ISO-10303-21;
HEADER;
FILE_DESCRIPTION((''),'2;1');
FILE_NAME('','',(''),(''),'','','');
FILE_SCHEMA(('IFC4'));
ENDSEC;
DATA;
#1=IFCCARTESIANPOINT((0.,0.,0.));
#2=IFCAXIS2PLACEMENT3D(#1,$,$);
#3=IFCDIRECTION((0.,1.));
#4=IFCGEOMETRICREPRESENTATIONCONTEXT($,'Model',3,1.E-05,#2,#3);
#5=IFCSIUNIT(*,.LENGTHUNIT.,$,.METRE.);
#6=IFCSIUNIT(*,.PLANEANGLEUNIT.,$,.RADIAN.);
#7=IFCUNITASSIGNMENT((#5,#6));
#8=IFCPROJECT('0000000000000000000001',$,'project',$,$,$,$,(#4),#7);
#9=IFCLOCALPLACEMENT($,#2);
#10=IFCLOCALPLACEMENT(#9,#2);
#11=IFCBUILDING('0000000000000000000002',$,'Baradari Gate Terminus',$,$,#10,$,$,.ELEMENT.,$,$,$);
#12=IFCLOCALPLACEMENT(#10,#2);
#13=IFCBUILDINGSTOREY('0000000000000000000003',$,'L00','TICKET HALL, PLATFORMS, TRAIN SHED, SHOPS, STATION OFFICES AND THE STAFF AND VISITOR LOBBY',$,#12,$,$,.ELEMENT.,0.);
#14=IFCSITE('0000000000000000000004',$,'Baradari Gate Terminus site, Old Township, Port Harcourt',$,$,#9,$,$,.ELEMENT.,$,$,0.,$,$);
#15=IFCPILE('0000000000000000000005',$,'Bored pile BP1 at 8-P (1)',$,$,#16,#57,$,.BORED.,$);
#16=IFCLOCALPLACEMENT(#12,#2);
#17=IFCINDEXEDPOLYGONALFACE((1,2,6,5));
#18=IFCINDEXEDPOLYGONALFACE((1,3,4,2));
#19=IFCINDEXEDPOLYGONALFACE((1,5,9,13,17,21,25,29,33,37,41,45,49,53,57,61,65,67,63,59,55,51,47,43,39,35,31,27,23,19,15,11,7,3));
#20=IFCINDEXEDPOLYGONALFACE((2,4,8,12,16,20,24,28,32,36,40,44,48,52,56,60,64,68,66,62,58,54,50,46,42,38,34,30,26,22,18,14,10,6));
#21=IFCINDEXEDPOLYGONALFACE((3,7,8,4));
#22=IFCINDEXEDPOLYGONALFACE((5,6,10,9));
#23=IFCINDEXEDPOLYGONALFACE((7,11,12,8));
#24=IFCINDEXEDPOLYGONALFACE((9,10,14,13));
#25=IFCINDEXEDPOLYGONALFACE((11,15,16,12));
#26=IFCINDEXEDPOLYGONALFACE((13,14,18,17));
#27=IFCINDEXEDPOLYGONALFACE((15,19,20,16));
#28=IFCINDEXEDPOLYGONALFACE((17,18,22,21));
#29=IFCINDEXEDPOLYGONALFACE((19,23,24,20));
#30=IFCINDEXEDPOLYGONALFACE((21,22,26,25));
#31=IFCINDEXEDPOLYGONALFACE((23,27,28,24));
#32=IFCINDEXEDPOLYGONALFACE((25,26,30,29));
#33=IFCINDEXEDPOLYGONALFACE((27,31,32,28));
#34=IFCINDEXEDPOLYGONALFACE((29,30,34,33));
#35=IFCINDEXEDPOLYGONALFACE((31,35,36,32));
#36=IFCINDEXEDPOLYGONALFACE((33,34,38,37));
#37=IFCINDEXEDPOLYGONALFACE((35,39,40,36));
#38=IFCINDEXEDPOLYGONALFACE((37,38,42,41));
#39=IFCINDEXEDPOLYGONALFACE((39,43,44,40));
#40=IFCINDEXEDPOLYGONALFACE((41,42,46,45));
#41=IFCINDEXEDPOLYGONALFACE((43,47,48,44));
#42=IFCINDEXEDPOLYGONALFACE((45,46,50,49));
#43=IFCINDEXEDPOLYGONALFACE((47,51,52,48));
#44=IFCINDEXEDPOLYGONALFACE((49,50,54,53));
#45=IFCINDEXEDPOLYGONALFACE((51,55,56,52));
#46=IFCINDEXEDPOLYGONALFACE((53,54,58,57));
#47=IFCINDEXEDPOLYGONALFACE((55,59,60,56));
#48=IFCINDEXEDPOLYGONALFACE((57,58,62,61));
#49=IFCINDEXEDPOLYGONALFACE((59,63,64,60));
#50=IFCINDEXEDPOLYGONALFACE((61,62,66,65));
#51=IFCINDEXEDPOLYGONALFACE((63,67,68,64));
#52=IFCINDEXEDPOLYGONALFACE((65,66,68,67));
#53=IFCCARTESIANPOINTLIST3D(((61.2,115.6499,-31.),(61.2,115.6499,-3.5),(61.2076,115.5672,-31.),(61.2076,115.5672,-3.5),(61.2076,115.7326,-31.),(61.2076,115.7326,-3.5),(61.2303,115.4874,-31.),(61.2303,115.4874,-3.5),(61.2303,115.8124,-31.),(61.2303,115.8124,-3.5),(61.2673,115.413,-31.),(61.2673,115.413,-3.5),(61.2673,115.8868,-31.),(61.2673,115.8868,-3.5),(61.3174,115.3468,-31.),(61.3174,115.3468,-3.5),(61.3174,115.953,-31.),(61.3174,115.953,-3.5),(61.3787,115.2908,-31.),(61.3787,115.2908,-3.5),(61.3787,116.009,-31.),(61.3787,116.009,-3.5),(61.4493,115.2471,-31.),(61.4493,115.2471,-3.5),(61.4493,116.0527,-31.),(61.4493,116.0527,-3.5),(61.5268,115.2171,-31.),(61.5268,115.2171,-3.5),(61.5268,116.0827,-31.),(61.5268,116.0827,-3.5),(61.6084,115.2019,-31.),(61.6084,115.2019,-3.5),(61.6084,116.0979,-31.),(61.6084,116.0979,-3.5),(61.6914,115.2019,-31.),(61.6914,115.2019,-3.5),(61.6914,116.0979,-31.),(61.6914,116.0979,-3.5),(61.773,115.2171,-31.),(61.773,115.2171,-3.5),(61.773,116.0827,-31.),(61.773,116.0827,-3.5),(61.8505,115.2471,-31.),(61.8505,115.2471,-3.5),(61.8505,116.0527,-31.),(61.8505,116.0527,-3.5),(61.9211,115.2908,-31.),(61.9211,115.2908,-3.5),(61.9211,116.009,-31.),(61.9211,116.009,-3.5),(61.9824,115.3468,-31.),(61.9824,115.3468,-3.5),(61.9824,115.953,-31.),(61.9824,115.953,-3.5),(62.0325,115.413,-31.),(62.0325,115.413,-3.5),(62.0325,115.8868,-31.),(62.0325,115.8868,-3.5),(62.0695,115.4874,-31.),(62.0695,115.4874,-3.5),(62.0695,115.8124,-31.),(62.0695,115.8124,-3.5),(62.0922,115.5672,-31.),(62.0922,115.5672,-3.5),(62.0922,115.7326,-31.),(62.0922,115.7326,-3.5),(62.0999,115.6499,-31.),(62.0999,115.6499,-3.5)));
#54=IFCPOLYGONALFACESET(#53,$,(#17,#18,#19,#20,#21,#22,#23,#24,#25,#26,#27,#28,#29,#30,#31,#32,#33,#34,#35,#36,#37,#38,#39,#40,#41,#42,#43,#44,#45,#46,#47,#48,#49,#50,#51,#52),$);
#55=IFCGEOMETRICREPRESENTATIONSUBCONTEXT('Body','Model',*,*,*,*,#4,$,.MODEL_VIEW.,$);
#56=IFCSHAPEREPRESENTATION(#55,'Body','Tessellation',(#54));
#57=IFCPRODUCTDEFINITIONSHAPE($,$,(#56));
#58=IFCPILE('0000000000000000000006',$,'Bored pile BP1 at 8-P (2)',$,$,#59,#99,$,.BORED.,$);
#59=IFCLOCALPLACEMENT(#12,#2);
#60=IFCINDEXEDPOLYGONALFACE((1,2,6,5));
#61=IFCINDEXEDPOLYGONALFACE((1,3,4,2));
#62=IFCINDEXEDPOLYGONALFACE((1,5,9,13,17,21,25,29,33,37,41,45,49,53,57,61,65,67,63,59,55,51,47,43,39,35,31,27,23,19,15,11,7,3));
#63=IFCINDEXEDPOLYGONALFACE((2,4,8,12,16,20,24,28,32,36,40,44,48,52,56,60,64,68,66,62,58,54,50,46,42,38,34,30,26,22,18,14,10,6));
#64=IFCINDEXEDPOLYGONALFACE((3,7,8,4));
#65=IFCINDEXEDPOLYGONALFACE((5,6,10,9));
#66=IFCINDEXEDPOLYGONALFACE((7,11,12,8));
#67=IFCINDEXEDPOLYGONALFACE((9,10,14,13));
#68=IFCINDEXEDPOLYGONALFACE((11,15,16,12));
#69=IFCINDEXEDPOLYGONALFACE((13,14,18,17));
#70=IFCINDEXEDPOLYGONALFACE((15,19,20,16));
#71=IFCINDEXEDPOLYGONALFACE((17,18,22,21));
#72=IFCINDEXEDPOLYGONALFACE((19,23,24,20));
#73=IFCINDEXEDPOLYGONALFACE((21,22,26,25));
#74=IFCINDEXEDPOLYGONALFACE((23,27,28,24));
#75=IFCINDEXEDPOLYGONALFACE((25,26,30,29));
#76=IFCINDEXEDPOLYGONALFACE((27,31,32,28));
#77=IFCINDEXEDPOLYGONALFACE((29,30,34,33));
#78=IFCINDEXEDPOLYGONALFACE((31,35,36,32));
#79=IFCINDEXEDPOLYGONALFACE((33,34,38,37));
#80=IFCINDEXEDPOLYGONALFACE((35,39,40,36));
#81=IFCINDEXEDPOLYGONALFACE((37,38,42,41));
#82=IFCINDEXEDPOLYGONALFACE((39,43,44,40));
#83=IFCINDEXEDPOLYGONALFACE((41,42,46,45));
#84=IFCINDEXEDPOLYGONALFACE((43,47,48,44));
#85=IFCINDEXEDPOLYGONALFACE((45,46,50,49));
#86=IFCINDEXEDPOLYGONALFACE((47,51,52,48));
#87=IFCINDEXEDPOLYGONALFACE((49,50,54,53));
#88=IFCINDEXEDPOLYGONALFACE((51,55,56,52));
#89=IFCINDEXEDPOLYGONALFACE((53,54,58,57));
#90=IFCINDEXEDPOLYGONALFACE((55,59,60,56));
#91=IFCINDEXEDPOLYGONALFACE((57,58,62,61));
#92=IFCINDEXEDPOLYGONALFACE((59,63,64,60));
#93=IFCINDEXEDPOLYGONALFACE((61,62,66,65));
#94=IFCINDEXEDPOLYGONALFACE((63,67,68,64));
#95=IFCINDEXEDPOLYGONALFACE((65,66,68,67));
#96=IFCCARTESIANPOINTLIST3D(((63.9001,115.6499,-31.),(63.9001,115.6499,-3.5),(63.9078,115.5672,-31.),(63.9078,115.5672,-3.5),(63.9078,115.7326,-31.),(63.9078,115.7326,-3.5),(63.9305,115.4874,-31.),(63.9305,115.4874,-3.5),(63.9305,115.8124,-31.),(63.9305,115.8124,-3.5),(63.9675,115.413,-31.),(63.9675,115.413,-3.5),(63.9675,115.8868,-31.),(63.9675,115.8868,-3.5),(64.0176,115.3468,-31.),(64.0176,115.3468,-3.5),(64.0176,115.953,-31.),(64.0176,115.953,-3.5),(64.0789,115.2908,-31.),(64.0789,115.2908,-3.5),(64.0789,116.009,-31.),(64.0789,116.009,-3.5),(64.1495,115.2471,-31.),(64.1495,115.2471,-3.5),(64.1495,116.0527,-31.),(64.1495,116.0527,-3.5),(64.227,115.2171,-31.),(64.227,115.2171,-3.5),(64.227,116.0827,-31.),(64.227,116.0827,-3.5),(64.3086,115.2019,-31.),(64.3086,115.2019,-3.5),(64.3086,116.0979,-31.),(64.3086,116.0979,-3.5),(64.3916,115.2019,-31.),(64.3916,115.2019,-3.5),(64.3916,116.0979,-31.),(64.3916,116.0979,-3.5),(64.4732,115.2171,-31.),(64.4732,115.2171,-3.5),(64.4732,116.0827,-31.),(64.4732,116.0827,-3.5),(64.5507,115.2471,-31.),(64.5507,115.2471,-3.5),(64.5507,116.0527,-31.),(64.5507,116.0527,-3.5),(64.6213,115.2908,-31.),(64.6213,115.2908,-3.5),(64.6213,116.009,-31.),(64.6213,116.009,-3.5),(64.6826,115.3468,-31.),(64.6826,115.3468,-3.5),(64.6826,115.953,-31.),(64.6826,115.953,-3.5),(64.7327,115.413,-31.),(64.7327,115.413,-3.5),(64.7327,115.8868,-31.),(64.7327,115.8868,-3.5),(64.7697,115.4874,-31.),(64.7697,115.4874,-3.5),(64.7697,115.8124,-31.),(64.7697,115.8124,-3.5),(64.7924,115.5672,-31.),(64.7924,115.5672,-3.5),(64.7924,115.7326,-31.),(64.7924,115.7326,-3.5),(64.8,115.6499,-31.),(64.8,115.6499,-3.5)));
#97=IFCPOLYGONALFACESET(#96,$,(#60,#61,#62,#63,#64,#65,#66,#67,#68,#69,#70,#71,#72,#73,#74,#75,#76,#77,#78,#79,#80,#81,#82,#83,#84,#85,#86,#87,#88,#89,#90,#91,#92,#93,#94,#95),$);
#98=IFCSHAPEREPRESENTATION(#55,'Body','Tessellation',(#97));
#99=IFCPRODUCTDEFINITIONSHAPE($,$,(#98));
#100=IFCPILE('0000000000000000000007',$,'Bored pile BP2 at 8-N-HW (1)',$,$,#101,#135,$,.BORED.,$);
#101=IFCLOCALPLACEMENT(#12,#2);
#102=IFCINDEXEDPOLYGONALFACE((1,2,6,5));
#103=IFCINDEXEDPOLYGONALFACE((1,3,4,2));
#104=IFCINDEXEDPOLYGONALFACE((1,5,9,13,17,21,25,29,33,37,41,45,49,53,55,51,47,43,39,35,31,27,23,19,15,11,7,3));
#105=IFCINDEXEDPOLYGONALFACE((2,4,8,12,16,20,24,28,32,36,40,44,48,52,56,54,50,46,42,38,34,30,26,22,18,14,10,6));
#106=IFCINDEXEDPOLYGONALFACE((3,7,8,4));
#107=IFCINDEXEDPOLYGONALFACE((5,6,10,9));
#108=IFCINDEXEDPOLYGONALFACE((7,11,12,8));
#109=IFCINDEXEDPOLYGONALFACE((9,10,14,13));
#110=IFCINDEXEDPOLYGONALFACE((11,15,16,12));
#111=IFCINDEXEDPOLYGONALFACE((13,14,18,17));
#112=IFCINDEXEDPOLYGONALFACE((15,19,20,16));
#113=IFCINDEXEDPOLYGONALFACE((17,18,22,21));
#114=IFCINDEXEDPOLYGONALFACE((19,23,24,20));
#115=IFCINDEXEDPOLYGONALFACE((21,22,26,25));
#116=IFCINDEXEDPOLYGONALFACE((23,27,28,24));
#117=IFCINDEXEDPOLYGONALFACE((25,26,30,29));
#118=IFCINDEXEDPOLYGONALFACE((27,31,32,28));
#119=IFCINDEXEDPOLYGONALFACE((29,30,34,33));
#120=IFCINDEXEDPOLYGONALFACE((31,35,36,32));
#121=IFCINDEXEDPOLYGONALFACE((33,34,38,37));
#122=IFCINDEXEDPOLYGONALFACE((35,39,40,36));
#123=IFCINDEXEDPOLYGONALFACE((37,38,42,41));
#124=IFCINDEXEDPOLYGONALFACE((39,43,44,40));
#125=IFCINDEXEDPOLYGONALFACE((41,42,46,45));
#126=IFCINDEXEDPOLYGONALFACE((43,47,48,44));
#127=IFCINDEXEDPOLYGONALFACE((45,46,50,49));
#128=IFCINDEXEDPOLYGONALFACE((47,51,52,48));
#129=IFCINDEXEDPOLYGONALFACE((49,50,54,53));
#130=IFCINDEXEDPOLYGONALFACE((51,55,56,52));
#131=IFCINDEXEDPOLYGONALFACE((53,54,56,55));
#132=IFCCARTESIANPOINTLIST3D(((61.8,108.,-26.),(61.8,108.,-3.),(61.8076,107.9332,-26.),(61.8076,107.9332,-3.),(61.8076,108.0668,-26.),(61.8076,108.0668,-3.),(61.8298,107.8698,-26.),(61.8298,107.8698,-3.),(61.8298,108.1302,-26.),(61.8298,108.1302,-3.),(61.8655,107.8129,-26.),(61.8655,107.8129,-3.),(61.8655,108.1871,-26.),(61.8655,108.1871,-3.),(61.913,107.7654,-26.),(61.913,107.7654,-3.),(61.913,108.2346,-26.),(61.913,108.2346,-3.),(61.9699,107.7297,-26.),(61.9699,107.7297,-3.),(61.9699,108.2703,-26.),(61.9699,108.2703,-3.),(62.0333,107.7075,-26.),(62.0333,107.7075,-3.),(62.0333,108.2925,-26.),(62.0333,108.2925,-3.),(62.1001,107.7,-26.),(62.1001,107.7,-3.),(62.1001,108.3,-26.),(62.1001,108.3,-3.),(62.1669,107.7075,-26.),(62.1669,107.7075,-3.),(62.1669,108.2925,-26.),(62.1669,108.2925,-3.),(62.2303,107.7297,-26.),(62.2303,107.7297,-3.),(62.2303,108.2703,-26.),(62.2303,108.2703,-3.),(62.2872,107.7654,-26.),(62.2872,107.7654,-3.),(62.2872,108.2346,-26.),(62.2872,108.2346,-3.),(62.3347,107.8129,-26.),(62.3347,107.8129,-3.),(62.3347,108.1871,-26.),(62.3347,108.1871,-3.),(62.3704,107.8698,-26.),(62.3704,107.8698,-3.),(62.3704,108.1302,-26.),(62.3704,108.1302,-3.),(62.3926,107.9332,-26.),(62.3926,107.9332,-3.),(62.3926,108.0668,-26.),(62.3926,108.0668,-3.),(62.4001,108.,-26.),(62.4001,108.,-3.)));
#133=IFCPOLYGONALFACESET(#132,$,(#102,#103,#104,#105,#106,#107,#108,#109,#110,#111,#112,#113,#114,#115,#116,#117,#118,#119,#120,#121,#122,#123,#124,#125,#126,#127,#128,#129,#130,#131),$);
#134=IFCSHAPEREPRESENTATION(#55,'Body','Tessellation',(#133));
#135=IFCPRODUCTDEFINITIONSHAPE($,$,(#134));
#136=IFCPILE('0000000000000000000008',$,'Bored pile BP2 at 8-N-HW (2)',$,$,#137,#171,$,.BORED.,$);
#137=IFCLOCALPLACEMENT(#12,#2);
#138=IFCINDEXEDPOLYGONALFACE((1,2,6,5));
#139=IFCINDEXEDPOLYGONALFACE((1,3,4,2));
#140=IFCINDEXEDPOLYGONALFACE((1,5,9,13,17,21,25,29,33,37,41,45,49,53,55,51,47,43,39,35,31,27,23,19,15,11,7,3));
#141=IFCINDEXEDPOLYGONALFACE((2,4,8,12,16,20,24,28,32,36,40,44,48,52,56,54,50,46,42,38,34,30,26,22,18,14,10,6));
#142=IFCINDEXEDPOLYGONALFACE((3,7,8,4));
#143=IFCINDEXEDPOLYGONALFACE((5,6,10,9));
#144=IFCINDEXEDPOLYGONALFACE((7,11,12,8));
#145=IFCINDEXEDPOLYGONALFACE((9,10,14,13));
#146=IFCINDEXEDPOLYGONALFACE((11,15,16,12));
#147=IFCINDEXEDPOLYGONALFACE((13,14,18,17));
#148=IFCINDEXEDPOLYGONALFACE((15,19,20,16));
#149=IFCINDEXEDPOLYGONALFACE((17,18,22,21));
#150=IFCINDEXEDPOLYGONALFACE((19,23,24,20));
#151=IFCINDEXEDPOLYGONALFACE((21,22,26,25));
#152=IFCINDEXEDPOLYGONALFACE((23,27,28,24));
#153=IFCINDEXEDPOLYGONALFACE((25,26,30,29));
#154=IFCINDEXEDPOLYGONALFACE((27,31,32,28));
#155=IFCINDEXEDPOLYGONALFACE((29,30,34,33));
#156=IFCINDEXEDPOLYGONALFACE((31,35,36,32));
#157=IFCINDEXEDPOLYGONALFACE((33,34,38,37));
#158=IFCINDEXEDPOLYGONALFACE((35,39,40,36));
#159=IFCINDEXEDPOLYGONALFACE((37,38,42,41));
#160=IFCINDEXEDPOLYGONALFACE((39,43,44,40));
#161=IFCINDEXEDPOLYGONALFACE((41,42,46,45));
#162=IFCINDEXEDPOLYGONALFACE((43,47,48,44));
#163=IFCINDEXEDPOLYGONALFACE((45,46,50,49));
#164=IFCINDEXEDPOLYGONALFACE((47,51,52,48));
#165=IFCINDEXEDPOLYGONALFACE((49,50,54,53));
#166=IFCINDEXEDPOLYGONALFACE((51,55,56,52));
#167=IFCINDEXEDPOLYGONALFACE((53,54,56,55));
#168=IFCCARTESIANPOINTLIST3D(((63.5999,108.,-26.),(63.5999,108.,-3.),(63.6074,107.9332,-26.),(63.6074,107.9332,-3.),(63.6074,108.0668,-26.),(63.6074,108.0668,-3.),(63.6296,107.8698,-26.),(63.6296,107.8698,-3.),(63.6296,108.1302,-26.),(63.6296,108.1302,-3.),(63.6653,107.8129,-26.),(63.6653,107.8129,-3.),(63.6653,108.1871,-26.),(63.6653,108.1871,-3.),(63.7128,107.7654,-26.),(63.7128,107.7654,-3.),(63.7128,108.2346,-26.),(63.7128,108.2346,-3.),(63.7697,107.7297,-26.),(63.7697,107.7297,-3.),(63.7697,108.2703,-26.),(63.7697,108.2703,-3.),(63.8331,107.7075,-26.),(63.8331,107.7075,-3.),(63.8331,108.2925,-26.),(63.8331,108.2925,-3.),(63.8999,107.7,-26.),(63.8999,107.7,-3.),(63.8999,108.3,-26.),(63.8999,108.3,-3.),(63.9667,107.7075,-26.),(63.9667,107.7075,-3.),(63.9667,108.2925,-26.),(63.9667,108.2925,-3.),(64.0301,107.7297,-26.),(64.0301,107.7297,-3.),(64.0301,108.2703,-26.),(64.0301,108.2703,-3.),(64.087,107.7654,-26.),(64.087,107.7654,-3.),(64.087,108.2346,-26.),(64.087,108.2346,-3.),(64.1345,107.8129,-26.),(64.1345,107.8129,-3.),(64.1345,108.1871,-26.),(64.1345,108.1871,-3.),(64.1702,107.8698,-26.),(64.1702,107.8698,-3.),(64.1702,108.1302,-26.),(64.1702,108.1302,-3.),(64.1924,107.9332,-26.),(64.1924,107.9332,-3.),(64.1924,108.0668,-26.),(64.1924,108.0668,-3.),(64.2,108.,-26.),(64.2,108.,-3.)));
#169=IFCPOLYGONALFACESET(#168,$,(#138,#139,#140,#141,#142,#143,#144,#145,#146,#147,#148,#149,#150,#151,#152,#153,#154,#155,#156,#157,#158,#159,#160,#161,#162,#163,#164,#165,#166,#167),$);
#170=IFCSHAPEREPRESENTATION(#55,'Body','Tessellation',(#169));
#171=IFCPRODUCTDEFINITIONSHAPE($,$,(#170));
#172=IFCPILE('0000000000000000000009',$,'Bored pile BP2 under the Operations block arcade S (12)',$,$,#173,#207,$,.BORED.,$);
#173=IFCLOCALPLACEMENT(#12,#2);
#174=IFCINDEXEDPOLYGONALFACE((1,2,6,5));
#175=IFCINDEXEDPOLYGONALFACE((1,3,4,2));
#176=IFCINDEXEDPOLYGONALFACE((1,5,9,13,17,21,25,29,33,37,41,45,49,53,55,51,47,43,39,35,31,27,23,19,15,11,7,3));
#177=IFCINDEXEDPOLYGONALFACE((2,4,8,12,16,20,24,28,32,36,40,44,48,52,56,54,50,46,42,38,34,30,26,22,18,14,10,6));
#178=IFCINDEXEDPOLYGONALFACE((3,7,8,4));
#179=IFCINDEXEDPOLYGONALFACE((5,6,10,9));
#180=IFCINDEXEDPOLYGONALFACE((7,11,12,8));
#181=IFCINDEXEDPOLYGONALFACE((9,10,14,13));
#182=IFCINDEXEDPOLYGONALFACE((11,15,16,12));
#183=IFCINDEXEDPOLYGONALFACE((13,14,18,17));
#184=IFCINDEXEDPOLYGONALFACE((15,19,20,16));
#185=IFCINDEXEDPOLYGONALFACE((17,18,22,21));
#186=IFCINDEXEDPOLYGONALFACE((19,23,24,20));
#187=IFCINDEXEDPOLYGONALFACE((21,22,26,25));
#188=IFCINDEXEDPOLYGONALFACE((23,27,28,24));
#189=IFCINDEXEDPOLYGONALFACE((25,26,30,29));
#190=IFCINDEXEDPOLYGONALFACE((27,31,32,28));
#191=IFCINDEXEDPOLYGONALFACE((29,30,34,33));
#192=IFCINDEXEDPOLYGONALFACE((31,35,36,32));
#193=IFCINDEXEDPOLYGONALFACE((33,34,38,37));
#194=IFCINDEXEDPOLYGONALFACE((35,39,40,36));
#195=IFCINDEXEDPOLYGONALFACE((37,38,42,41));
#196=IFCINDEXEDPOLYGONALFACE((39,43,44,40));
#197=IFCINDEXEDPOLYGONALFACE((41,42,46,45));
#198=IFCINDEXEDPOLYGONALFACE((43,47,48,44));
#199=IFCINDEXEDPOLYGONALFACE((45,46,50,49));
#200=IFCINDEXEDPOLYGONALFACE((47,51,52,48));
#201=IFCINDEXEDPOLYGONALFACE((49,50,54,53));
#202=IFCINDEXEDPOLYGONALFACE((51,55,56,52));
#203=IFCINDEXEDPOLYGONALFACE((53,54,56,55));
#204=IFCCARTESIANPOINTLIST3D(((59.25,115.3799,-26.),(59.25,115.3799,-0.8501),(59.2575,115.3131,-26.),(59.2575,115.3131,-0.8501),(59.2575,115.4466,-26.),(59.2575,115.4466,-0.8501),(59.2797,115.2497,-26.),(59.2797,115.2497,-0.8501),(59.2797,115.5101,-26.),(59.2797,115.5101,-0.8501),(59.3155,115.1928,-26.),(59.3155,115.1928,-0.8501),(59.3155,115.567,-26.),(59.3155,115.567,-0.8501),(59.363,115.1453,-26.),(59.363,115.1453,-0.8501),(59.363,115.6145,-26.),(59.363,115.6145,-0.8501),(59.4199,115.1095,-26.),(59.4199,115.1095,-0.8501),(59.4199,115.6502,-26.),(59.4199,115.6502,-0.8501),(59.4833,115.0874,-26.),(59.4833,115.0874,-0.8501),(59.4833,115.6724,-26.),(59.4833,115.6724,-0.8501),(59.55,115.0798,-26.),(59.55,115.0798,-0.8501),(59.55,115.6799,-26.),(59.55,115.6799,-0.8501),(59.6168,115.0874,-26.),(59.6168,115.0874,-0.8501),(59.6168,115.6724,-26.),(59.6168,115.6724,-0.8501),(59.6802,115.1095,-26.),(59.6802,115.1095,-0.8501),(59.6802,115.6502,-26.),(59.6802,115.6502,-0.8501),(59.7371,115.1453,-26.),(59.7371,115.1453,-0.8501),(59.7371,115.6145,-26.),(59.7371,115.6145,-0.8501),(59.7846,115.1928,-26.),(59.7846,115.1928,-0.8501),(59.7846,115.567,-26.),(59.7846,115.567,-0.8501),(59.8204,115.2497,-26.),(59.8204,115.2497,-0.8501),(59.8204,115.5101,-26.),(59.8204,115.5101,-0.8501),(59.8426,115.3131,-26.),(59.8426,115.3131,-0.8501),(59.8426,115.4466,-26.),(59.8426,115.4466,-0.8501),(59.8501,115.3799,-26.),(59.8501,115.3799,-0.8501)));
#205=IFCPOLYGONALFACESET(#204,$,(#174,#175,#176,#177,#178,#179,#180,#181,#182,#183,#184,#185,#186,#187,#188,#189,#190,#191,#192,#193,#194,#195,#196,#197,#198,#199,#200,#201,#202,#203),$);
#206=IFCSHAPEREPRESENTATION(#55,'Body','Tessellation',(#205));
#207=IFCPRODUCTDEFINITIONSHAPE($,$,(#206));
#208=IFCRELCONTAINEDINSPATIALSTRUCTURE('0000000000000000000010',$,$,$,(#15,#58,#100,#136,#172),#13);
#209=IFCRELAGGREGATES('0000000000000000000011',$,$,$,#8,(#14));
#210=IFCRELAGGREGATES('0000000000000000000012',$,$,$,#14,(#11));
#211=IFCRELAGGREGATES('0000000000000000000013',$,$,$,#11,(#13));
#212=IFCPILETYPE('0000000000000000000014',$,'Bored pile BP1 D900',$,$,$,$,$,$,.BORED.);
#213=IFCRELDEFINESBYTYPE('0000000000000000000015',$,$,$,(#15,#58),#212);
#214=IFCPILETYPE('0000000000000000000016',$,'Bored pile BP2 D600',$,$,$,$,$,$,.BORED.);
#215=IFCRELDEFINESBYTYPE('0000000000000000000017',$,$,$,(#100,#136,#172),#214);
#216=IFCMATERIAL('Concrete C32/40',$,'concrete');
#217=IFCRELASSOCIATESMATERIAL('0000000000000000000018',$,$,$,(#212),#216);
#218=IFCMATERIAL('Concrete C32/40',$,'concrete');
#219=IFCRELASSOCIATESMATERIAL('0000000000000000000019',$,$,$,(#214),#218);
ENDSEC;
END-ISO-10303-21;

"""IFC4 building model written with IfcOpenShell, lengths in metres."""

from ifc_helpers import new_model, si_unit, direction, frame, origin, origin_2d, place, context, subcontext, project, spatial, circle, extrude, material, type_object, element, save


model = new_model("IFC4")

# Units and contexts
model_context = context("Model", 3, precision=1e-05, world=origin(), true_north=direction((0.0, 1.0)))
body_context = subcontext(model_context, "Body", "Model", "MODEL_VIEW")
ifc_project = project(units=[si_unit("LENGTHUNIT", "METRE"), si_unit("PLANEANGLEUNIT", "RADIAN")], contexts=[model_context])

# Site, building, storey
site_placement = place(None, origin())
site = spatial("IfcSite", under=ifc_project, at=site_placement, Name="Baradari Gate Terminus site, Old Township, Port Harcourt", CompositionType="ELEMENT", RefElevation=0.0)
building_placement = place(site_placement, origin())
building = spatial("IfcBuilding", under=site, at=building_placement, Name="Baradari Gate Terminus", CompositionType="ELEMENT")
storey_placement = place(building_placement, origin())
storey = spatial("IfcBuildingStorey", under=building, at=storey_placement, Name="L00", Description="TICKET HALL, PLATFORMS, TRAIN SHED, SHOPS, STATION OFFICES AND THE STAFF AND VISITOR LOBBY", CompositionType="ELEMENT", Elevation=0.0)

# Piles
ifc_material_1 = material(Name="Concrete C32/40", Category="concrete")
pile_type_1 = type_object("IfcPileType", Name="Bored pile BP1 D900", PredefinedType="BORED", material=ifc_material_1)
for number, where, z_axis, x_axis, name in (
    (1, (61.6499, 115.6499, -3.5), (0.0, 0.0, -1.0), (1.0, 0.0, 0.0), "Bored pile BP1 at 8-P (1)"),
    (2, (64.3501, 115.6499, -3.5), (0.0, 0.0, -1.0), (1.0, 0.0, 0.0), "Bored pile BP1 at 8-P (2)"),
):
    element("IfcPile", number, at=place(storey_placement, frame(where, z_axis=z_axis, x_axis=x_axis)), inside=storey, type_object=pile_type_1, Name=name, PredefinedType="BORED", context=body_context, shape_type="SweptSolid", body=[
        extrude(circle(Radius=0.45, at=origin_2d()), origin(), (0.0, 0.0, 1.0), 27.5),
    ])
ifc_material_2 = material(Name="Concrete C32/40", Category="concrete")
pile_type_2 = type_object("IfcPileType", Name="Bored pile BP2 D600", PredefinedType="BORED", material=ifc_material_2)
for number, where, z_axis, x_axis, name in (
    (3, (62.1001, 108.0, -3.0), (0.0, 0.0, -1.0), (1.0, 0.0, 0.0), "Bored pile BP2 at 8-N-HW (1)"),
    (4, (63.8999, 108.0, -3.0), (0.0, 0.0, -1.0), (1.0, 0.0, 0.0), "Bored pile BP2 at 8-N-HW (2)"),
):
    element("IfcPile", number, at=place(storey_placement, frame(where, z_axis=z_axis, x_axis=x_axis)), inside=storey, type_object=pile_type_2, Name=name, PredefinedType="BORED", context=body_context, shape_type="SweptSolid", body=[
        extrude(circle(Radius=0.3, at=origin_2d()), origin(), (0.0, 0.0, 1.0), 23.0),
    ])
pile_placement = place(storey_placement, frame((59.55, 115.3799, -0.8501), z_axis=(0.0, 0.0, -1.0), x_axis=(1.0, 0.0, 0.0)))
element("IfcPile", 5, at=pile_placement, inside=storey, type_object=pile_type_2, Name="Bored pile BP2 under the Operations block arcade S (12)", PredefinedType="BORED", context=body_context, shape_type="SweptSolid", body=[
    extrude(circle(Radius=0.3, at=origin_2d()), origin(), (0.0, 0.0, 1.0), 25.1499),
])

save(model, "model.ifc")
